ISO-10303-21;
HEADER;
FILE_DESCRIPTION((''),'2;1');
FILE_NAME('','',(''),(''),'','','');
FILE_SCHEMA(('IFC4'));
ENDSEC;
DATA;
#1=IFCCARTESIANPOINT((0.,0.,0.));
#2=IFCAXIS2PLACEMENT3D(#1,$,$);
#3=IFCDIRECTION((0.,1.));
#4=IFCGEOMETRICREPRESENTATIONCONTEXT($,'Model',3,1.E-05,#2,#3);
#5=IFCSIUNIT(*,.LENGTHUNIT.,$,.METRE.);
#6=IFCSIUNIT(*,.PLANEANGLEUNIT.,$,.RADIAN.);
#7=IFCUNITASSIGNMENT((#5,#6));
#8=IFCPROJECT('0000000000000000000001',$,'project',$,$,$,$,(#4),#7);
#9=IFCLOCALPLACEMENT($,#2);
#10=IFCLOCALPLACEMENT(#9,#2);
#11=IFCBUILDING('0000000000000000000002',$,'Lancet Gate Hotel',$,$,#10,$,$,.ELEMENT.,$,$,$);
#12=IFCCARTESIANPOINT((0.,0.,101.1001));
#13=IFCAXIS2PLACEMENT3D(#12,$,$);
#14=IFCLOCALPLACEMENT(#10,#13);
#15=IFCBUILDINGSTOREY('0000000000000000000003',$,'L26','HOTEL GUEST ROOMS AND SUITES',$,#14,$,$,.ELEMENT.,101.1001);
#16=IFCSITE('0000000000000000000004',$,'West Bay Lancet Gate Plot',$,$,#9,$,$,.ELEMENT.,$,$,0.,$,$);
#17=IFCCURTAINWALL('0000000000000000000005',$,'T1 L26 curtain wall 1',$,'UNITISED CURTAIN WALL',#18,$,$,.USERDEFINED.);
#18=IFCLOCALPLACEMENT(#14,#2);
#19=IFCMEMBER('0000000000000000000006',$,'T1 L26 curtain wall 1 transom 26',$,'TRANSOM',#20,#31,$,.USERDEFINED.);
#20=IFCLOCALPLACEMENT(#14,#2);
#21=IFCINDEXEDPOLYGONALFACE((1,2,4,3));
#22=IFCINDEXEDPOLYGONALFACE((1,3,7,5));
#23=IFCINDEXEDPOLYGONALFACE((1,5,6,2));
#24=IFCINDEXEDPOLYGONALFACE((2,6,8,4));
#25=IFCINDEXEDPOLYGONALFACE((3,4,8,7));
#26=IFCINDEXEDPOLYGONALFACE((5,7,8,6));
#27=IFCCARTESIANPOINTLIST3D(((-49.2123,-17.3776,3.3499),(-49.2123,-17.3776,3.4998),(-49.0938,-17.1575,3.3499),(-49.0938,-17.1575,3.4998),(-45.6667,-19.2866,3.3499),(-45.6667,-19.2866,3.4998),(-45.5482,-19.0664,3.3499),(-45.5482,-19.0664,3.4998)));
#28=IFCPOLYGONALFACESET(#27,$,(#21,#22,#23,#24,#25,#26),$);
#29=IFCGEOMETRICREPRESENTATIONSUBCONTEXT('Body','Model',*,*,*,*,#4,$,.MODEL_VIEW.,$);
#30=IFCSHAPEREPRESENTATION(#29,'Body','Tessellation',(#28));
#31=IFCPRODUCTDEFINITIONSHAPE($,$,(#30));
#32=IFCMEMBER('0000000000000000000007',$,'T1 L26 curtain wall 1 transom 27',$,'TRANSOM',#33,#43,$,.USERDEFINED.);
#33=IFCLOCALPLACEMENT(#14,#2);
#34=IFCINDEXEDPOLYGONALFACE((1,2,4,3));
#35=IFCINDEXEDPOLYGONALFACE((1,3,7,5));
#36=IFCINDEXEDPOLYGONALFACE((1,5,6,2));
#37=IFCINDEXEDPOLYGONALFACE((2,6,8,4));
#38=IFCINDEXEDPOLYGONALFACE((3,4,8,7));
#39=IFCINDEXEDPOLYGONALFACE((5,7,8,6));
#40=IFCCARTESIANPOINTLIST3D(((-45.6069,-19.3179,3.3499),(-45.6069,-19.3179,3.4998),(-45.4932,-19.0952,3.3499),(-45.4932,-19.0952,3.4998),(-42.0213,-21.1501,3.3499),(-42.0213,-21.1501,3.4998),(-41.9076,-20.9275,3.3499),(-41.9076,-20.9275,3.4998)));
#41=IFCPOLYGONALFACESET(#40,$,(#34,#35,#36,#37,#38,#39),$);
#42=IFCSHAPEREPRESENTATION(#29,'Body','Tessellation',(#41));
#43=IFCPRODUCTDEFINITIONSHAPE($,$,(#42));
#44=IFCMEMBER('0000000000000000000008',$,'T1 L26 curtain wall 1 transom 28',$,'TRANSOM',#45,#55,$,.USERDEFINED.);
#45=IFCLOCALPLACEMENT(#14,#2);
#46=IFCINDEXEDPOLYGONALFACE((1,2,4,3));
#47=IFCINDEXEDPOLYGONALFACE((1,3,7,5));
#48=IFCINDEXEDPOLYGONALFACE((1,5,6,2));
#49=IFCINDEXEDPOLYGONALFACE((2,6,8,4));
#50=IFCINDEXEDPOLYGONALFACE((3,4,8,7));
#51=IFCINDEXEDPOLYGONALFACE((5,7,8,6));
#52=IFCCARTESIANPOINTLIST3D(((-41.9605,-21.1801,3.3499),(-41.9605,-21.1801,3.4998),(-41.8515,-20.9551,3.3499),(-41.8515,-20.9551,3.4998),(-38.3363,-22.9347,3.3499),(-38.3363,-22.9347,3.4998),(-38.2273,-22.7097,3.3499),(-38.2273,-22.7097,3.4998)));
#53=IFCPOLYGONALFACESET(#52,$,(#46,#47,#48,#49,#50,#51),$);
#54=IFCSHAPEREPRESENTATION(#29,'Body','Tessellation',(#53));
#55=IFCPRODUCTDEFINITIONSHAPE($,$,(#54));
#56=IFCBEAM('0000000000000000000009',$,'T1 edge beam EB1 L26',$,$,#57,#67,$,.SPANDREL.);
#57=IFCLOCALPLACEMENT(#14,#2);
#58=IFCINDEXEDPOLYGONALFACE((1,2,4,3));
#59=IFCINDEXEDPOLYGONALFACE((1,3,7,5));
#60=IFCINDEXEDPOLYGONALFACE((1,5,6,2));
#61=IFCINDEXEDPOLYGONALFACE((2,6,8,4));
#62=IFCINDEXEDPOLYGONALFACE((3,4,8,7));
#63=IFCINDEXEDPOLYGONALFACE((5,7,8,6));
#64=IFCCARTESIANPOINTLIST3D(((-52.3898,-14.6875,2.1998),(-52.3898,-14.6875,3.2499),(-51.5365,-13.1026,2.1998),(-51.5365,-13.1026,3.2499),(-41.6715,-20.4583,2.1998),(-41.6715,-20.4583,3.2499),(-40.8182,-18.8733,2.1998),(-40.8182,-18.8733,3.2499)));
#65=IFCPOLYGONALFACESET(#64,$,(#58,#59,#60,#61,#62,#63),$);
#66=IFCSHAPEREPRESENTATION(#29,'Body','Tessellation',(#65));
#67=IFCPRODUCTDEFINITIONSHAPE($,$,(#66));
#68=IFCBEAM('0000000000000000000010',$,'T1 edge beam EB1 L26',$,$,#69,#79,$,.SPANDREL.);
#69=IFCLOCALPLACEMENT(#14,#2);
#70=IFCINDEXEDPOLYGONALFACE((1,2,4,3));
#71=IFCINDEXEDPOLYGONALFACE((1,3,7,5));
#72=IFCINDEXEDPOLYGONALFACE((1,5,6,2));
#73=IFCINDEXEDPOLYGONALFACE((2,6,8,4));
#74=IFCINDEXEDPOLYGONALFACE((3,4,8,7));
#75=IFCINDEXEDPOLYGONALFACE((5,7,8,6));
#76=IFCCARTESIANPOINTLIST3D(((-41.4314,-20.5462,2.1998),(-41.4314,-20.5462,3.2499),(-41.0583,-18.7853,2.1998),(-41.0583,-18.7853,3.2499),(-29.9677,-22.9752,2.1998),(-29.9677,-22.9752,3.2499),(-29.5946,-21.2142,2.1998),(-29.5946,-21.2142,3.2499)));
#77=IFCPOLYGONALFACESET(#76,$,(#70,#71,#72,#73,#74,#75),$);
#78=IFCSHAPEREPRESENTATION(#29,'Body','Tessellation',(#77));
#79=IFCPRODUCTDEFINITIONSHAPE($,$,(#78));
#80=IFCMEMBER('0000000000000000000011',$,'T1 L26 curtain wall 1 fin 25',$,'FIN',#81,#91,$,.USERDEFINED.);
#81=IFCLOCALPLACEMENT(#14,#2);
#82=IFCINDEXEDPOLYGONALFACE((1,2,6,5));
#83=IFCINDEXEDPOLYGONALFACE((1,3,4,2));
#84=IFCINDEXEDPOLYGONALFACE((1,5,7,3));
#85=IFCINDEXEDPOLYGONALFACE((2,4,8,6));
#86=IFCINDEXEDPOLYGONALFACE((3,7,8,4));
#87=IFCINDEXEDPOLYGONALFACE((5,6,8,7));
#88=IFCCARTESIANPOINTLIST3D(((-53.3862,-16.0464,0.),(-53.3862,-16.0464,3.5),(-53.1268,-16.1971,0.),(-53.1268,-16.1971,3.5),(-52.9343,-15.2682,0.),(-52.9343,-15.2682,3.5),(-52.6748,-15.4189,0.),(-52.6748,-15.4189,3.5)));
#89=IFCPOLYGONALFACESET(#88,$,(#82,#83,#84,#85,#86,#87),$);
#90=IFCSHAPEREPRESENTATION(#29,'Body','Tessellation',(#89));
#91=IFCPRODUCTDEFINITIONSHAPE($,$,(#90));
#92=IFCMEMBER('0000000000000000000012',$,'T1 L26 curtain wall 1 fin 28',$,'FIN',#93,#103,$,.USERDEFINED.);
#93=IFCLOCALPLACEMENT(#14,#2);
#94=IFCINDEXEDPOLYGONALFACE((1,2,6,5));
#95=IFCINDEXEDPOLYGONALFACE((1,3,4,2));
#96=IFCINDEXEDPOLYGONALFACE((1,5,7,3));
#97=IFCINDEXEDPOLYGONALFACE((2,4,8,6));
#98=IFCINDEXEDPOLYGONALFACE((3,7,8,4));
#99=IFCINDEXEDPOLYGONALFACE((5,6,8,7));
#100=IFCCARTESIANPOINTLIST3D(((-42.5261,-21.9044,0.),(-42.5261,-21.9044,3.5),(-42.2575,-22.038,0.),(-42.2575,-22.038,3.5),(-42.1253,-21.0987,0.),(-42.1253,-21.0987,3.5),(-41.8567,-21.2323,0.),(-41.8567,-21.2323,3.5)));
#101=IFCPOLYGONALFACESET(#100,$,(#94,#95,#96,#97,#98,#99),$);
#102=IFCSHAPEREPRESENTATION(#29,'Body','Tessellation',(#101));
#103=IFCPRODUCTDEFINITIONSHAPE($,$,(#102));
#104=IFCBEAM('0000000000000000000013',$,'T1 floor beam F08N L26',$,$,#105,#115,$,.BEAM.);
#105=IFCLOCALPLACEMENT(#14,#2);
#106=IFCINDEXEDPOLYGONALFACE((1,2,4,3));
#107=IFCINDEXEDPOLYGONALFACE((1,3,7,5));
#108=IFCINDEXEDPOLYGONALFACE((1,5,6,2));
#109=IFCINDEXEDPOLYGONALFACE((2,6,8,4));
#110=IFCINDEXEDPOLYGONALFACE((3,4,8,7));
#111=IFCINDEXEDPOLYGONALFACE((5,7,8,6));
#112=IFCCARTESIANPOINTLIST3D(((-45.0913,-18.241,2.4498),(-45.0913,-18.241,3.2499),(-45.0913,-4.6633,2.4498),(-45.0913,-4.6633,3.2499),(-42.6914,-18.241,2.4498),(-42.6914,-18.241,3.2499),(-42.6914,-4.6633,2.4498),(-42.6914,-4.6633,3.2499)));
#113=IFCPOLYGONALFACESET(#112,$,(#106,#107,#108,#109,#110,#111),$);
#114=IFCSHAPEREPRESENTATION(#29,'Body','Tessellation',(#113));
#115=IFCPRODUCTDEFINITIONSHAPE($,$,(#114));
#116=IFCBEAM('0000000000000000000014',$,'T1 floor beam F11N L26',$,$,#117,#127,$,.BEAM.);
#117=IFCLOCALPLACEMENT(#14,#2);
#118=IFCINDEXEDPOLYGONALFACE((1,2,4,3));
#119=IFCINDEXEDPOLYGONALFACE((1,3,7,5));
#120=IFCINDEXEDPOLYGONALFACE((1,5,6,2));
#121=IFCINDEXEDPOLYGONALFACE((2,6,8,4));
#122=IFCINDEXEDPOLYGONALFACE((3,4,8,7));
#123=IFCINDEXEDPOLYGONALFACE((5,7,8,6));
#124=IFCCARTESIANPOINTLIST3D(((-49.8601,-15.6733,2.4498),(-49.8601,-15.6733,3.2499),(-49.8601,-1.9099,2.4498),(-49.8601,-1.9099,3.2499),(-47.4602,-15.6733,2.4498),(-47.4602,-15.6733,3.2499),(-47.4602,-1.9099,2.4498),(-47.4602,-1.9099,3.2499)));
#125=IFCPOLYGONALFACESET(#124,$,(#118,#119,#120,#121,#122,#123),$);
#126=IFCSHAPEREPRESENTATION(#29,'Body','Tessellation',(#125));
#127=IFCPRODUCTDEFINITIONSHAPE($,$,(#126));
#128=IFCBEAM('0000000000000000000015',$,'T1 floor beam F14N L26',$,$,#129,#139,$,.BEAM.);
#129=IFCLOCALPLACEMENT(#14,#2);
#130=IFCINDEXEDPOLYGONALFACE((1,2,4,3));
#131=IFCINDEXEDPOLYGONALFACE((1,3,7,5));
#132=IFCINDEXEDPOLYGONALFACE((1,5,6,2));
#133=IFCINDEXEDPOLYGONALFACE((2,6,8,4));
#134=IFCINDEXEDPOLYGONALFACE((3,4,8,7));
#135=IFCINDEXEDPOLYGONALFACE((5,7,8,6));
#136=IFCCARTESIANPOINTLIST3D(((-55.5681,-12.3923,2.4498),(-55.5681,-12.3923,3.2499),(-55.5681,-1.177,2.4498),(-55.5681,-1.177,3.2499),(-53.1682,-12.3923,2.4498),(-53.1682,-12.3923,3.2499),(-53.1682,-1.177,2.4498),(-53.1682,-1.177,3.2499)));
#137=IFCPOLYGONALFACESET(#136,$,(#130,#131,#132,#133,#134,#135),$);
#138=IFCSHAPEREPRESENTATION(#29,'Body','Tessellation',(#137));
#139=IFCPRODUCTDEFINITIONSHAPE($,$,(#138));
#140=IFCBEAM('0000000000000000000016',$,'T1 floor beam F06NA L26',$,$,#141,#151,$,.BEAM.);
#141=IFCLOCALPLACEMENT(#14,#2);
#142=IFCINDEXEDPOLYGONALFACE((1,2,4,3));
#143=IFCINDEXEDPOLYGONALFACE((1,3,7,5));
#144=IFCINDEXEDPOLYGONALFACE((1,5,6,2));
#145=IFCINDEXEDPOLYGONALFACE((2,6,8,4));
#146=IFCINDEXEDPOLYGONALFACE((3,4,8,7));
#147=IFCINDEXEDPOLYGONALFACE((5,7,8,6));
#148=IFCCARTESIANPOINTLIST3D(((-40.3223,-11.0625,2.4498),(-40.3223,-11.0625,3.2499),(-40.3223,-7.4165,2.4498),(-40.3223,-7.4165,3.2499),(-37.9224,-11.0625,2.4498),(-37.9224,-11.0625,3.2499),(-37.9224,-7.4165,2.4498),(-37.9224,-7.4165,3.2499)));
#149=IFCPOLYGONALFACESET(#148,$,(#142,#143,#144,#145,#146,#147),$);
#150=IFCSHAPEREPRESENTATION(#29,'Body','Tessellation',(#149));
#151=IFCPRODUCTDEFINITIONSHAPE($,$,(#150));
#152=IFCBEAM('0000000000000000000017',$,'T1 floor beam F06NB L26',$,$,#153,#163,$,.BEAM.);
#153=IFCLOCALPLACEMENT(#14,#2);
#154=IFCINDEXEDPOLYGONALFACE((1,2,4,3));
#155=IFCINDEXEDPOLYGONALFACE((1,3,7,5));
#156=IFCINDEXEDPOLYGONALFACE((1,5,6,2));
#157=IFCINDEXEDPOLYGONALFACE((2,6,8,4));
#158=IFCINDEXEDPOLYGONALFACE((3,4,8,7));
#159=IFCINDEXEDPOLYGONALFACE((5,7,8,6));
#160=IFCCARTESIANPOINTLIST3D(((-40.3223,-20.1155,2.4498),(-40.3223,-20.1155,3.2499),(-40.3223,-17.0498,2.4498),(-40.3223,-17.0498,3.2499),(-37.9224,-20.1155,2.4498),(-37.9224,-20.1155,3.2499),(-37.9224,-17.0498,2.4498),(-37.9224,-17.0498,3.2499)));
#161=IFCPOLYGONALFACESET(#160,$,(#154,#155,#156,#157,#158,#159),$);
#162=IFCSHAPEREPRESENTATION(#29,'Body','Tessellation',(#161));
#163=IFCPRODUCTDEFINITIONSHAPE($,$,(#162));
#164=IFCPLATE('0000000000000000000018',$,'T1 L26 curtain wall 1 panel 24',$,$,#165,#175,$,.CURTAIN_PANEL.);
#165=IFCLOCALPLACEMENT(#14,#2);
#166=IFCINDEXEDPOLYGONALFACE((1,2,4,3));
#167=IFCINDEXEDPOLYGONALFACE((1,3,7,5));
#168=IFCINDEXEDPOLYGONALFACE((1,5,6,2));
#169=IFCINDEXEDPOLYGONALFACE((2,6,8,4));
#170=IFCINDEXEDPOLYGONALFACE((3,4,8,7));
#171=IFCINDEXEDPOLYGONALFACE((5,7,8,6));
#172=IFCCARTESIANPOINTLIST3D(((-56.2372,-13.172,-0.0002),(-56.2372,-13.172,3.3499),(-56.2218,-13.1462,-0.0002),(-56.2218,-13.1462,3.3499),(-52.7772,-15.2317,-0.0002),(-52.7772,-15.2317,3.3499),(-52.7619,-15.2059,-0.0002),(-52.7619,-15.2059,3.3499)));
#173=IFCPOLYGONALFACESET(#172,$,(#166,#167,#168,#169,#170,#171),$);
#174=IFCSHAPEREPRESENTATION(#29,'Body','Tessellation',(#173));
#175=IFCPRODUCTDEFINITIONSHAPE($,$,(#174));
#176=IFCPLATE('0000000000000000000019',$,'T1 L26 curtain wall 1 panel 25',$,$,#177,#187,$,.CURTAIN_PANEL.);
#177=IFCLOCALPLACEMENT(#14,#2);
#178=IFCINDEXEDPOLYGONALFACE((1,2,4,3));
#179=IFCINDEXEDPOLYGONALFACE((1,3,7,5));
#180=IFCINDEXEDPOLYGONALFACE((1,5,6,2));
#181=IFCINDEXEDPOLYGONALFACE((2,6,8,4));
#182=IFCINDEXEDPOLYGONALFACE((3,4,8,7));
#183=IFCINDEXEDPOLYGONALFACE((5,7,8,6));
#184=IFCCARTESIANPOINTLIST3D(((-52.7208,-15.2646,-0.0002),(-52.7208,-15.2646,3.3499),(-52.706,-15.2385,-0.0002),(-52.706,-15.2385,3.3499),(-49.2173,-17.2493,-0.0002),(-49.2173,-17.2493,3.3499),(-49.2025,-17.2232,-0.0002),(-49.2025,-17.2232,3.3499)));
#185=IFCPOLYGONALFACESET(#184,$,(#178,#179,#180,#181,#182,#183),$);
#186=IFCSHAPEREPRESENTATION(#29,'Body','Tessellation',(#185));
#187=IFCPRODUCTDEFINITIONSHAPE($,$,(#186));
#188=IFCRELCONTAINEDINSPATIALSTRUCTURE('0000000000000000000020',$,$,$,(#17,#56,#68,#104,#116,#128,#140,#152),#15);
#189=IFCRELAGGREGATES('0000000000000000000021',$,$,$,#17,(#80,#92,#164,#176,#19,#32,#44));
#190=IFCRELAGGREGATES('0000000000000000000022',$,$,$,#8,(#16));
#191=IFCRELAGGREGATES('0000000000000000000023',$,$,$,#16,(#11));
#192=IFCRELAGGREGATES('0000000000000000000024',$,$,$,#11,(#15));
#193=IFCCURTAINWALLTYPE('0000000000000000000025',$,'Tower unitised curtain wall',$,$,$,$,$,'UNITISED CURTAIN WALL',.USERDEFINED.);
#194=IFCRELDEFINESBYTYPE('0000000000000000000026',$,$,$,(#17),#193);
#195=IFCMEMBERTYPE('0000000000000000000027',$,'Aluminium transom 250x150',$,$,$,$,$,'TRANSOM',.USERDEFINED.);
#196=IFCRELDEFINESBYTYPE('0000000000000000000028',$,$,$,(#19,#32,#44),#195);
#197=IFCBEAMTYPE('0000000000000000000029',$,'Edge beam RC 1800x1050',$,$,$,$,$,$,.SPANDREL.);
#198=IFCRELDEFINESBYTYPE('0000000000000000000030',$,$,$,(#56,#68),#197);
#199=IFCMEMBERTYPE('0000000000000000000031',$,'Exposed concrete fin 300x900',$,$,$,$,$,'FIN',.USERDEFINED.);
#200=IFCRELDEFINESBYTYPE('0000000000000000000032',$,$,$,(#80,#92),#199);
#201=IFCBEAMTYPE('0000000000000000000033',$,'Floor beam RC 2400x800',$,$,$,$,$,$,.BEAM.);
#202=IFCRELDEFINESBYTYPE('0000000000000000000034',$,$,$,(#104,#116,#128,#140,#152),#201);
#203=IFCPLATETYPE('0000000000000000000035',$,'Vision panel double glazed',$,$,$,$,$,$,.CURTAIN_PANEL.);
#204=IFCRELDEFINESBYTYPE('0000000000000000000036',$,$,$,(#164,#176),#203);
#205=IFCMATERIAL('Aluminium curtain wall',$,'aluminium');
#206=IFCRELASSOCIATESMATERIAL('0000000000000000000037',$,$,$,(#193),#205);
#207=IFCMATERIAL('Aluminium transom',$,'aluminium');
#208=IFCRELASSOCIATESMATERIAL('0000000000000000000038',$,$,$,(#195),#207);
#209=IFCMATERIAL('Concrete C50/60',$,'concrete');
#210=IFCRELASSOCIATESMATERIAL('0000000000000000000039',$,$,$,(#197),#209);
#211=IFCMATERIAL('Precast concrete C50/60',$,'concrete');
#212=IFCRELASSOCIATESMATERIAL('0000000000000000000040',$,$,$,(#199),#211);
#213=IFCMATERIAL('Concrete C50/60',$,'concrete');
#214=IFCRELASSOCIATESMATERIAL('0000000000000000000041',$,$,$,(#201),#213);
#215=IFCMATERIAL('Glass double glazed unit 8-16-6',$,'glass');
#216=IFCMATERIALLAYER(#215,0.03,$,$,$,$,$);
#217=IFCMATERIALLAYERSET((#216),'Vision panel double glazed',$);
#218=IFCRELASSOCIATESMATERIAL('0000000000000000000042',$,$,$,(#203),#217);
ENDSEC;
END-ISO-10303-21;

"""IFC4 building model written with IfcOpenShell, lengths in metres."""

from ifc_helpers import new_model, si_unit, direction, frame, origin, origin_2d, place, context, subcontext, project, spatial, rectangle, extrude, material, layer, layer_set, material_profile, profile_set, type_object, element, aggregate, save


model = new_model("IFC4")

# Units and contexts
model_context = context("Model", 3, precision=1e-05, world=origin(), true_north=direction((0.0, 1.0)))
body_context = subcontext(model_context, "Body", "Model", "MODEL_VIEW")
ifc_project = project(units=[si_unit("LENGTHUNIT", "METRE"), si_unit("PLANEANGLEUNIT", "RADIAN")], contexts=[model_context])

# Site, building, storey
site_placement = place(None, origin())
site = spatial("IfcSite", under=ifc_project, at=site_placement, Name="West Bay Lancet Gate Plot", CompositionType="ELEMENT", RefElevation=0.0)
building_placement = place(site_placement, origin())
building = spatial("IfcBuilding", under=site, at=building_placement, Name="Lancet Gate Hotel", CompositionType="ELEMENT")
storey_placement = place(building_placement, frame((0.0, 0.0, 101.1001)))
storey = spatial("IfcBuildingStorey", under=building, at=storey_placement, Name="L26", Description="HOTEL GUEST ROOMS AND SUITES", CompositionType="ELEMENT", Elevation=101.1001)

# Curtain wall, members
ifc_material_1 = material(Name="Aluminium curtain wall", Category="aluminium")
curtain_wall_type = type_object("IfcCurtainWallType", Name="Tower unitised curtain wall", ElementType="UNITISED CURTAIN WALL", PredefinedType="USERDEFINED", material=ifc_material_1)
curtain_wall_placement = place(storey_placement, origin())
curtain_wall = element("IfcCurtainWall", 1, at=curtain_wall_placement, inside=storey, type_object=curtain_wall_type, Name="T1 L26 curtain wall 1", ObjectType="UNITISED CURTAIN WALL", PredefinedType="USERDEFINED")
ifc_material_2 = material(Name="Aluminium transom", Category="aluminium")
ifc_material_profile_1 = material_profile(ifc_material_2, rectangle(XDim=0.25, YDim=0.1499, at=origin_2d()), Name="TRANSOM 250x150")
ifc_profile_set_1 = profile_set([ifc_material_profile_1], Name="Aluminium transom")
member_type_1 = type_object("IfcMemberType", Name="Aluminium transom 250x150", ElementType="TRANSOM", PredefinedType="USERDEFINED", material=ifc_profile_set_1)
member_1_placement = place(storey_placement, frame((-49.1531, -17.2676, 3.4248), z_axis=(0.880498, -0.474049, 0.0), x_axis=(0.474049, 0.880498, 0.0)))
member_1 = element("IfcMember", 2, at=member_1_placement, type_object=member_type_1, Name="T1 L26 curtain wall 1 transom 26", ObjectType="TRANSOM", PredefinedType="USERDEFINED", context=body_context, shape_type="SweptSolid", body=[
    extrude(rectangle(XDim=0.25, YDim=0.1499, at=origin_2d()), origin(), (0.0, 0.0, 1.0), 4.0269),
])
member_2_placement = place(storey_placement, frame((-45.55, -19.2065, 3.4248), z_axis=(0.890476, -0.45503, 0.0), x_axis=(0.45503, 0.890476, 0.0)))
member_2 = element("IfcMember", 3, at=member_2_placement, type_object=member_type_1, Name="T1 L26 curtain wall 1 transom 27", ObjectType="TRANSOM", PredefinedType="USERDEFINED", context=body_context, shape_type="SweptSolid", body=[
    extrude(rectangle(XDim=0.25, YDim=0.1499, at=origin_2d()), origin(), (0.0, 0.0, 1.0), 4.0266),
])
member_3_placement = place(storey_placement, frame((-41.906, -21.0676, 3.4248), z_axis=(0.900066, -0.435754, 0.0), x_axis=(0.435754, 0.900066, 0.0)))
member_3 = element("IfcMember", 4, at=member_3_placement, type_object=member_type_1, Name="T1 L26 curtain wall 1 transom 28", ObjectType="TRANSOM", PredefinedType="USERDEFINED", context=body_context, shape_type="SweptSolid", body=[
    extrude(rectangle(XDim=0.25, YDim=0.1499, at=origin_2d()), origin(), (0.0, 0.0, 1.0), 4.0266),
])

# Beams
ifc_material_3 = material(Name="Concrete C50/60", Category="concrete")
ifc_material_profile_2 = material_profile(ifc_material_3, rectangle(XDim=1.8, YDim=1.05, at=origin_2d()), Name="RC 1800x1050")
ifc_profile_set_2 = profile_set([ifc_material_profile_2], Name="Concrete C50/60")
beam_type_1 = type_object("IfcBeamType", Name="Edge beam RC 1800x1050", PredefinedType="SPANDREL", material=ifc_profile_set_2)
beam_1_placement = place(storey_placement, frame((-51.9631, -13.895, 2.7249), z_axis=(0.880492, -0.47406, 0.0), x_axis=(0.47406, 0.880492, 0.0)))
element("IfcBeam", 5, at=beam_1_placement, inside=storey, type_object=beam_type_1, Name="T1 edge beam EB1 L26", PredefinedType="SPANDREL", context=body_context, shape_type="SweptSolid", body=[
    extrude(rectangle(XDim=1.8, YDim=1.05, at=origin_2d()), origin(), (0.0, 0.0, 1.0), 12.1731),
])
beam_2_placement = place(storey_placement, frame((-41.2449, -19.6658, 2.7249), z_axis=(0.978282, -0.207278, 0.0), x_axis=(0.207278, 0.978282, 0.0)))
element("IfcBeam", 6, at=beam_2_placement, inside=storey, type_object=beam_type_1, Name="T1 edge beam EB1 L26", PredefinedType="SPANDREL", context=body_context, shape_type="SweptSolid", body=[
    extrude(rectangle(XDim=1.8, YDim=1.05, at=origin_2d()), origin(), (0.0, 0.0, 1.0), 11.7183),
])

# Members
ifc_material_4 = material(Name="Precast concrete C50/60", Category="concrete")
ifc_material_profile_3 = material_profile(ifc_material_4, rectangle(XDim=0.3, YDim=0.8999, at=origin_2d()), Name="FIN 300x900")
ifc_profile_set_3 = profile_set([ifc_material_profile_3], Name="Precast concrete C50/60")
member_type_2 = type_object("IfcMemberType", Name="Exposed concrete fin 300x900", ElementType="FIN", PredefinedType="USERDEFINED", material=ifc_profile_set_3)
member_4_placement = place(storey_placement, frame((-53.0305, -15.7327, 0.0), z_axis=(0.0, 0.0, 1.0), x_axis=(0.864728, -0.502241, 0.0)))
member_4 = element("IfcMember", 7, at=member_4_placement, type_object=member_type_2, Name="T1 L26 curtain wall 1 fin 25", ObjectType="FIN", PredefinedType="USERDEFINED", context=body_context, shape_type="SweptSolid", body=[
    extrude(rectangle(XDim=0.3, YDim=0.8999, at=origin_2d()), origin(), (0.0, 0.0, 1.0), 3.5),
])
member_5_placement = place(storey_placement, frame((-42.1914, -21.5684, 0.0), z_axis=(0.0, 0.0, 1.0), x_axis=(0.895339, -0.445384, 0.0)))
member_5 = element("IfcMember", 8, at=member_5_placement, type_object=member_type_2, Name="T1 L26 curtain wall 1 fin 28", ObjectType="FIN", PredefinedType="USERDEFINED", context=body_context, shape_type="SweptSolid", body=[
    extrude(rectangle(XDim=0.3, YDim=0.8999, at=origin_2d()), origin(), (0.0, 0.0, 1.0), 3.5),
])

# Beams
ifc_material_5 = material(Name="Concrete C50/60", Category="concrete")
ifc_material_profile_4 = material_profile(ifc_material_5, rectangle(XDim=2.3999, YDim=0.8, at=origin_2d()), Name="RC 2400x800")
ifc_profile_set_4 = profile_set([ifc_material_profile_4], Name="Concrete C50/60")
beam_type_2 = type_object("IfcBeamType", Name="Floor beam RC 2400x800", PredefinedType="BEAM", material=ifc_profile_set_4)
beam_3_placement = place(storey_placement, frame((-43.8914, -4.6633, 2.8499), z_axis=(0.0, -1.0, 0.0), x_axis=(1.0, 0.0, 0.0)))
element("IfcBeam", 9, at=beam_3_placement, inside=storey, type_object=beam_type_2, Name="T1 floor beam F08N L26", PredefinedType="BEAM", context=body_context, shape_type="SweptSolid", body=[
    extrude(rectangle(XDim=2.3999, YDim=0.8, at=origin_2d()), origin(), (0.0, 0.0, 1.0), 13.5776),
])
beam_4_placement = place(storey_placement, frame((-48.6602, -1.9099, 2.8499), z_axis=(0.0, -1.0, 0.0), x_axis=(1.0, 0.0, 0.0)))
element("IfcBeam", 10, at=beam_4_placement, inside=storey, type_object=beam_type_2, Name="T1 floor beam F11N L26", PredefinedType="BEAM", context=body_context, shape_type="SweptSolid", body=[
    extrude(rectangle(XDim=2.3999, YDim=0.8, at=origin_2d()), origin(), (0.0, 0.0, 1.0), 13.7634),
])
beam_5_placement = place(storey_placement, frame((-54.3682, -1.177, 2.8499), z_axis=(0.0, -1.0, 0.0), x_axis=(1.0, 0.0, 0.0)))
element("IfcBeam", 11, at=beam_5_placement, inside=storey, type_object=beam_type_2, Name="T1 floor beam F14N L26", PredefinedType="BEAM", context=body_context, shape_type="SweptSolid", body=[
    extrude(rectangle(XDim=2.3999, YDim=0.8, at=origin_2d()), origin(), (0.0, 0.0, 1.0), 11.2153),
])
beam_6_placement = place(storey_placement, frame((-39.1223, -7.4165, 2.8499), z_axis=(0.0, -1.0, 0.0), x_axis=(1.0, 0.0, 0.0)))
element("IfcBeam", 12, at=beam_6_placement, inside=storey, type_object=beam_type_2, Name="T1 floor beam F06NA L26", PredefinedType="BEAM", context=body_context, shape_type="SweptSolid", body=[
    extrude(rectangle(XDim=2.3999, YDim=0.8, at=origin_2d()), origin(), (0.0, 0.0, 1.0), 3.646),
])
beam_7_placement = place(storey_placement, frame((-39.1223, -17.0498, 2.8499), z_axis=(0.0, -1.0, 0.0), x_axis=(1.0, 0.0, 0.0)))
element("IfcBeam", 13, at=beam_7_placement, inside=storey, type_object=beam_type_2, Name="T1 floor beam F06NB L26", PredefinedType="BEAM", context=body_context, shape_type="SweptSolid", body=[
    extrude(rectangle(XDim=2.3999, YDim=0.8, at=origin_2d()), origin(), (0.0, 0.0, 1.0), 3.0657),
])

# Plates
ifc_material_6 = material(Name="Glass double glazed unit 8-16-6", Category="glass")
ifc_layer_1 = layer(ifc_material_6, 0.03)
ifc_layer_set_1 = layer_set([ifc_layer_1], Name="Vision panel double glazed")
plate_type = type_object("IfcPlateType", Name="Vision panel double glazed", PredefinedType="CURTAIN_PANEL", material=ifc_layer_set_1)
plate_1_placement = place(storey_placement, frame((-54.4995, -14.189, -0.0002), z_axis=(0.0, 0.0, 1.0), x_axis=(0.859271, -0.51152, 0.0)))
plate_1 = element("IfcPlate", 14, at=plate_1_placement, type_object=plate_type, Name="T1 L26 curtain wall 1 panel 24", PredefinedType="CURTAIN_PANEL", context=body_context, shape_type="SweptSolid", body=[
    extrude(rectangle(XDim=4.0266, YDim=0.03, at=origin_2d()), origin(), (0.0, 0.0, 1.0), 3.3501),
])
plate_2_placement = place(storey_placement, frame((-50.9617, -16.2439, -0.0002), z_axis=(0.0, 0.0, 1.0), x_axis=(0.870084, -0.492904, 0.0)))
plate_2 = element("IfcPlate", 15, at=plate_2_placement, type_object=plate_type, Name="T1 L26 curtain wall 1 panel 25", PredefinedType="CURTAIN_PANEL", context=body_context, shape_type="SweptSolid", body=[
    extrude(rectangle(XDim=4.0266, YDim=0.03, at=origin_2d()), origin(), (0.0, 0.0, 1.0), 3.3501),
])
aggregate(curtain_wall, [member_4, member_5, plate_1, plate_2, member_1, member_2, member_3])

save(model, "model.ifc")
